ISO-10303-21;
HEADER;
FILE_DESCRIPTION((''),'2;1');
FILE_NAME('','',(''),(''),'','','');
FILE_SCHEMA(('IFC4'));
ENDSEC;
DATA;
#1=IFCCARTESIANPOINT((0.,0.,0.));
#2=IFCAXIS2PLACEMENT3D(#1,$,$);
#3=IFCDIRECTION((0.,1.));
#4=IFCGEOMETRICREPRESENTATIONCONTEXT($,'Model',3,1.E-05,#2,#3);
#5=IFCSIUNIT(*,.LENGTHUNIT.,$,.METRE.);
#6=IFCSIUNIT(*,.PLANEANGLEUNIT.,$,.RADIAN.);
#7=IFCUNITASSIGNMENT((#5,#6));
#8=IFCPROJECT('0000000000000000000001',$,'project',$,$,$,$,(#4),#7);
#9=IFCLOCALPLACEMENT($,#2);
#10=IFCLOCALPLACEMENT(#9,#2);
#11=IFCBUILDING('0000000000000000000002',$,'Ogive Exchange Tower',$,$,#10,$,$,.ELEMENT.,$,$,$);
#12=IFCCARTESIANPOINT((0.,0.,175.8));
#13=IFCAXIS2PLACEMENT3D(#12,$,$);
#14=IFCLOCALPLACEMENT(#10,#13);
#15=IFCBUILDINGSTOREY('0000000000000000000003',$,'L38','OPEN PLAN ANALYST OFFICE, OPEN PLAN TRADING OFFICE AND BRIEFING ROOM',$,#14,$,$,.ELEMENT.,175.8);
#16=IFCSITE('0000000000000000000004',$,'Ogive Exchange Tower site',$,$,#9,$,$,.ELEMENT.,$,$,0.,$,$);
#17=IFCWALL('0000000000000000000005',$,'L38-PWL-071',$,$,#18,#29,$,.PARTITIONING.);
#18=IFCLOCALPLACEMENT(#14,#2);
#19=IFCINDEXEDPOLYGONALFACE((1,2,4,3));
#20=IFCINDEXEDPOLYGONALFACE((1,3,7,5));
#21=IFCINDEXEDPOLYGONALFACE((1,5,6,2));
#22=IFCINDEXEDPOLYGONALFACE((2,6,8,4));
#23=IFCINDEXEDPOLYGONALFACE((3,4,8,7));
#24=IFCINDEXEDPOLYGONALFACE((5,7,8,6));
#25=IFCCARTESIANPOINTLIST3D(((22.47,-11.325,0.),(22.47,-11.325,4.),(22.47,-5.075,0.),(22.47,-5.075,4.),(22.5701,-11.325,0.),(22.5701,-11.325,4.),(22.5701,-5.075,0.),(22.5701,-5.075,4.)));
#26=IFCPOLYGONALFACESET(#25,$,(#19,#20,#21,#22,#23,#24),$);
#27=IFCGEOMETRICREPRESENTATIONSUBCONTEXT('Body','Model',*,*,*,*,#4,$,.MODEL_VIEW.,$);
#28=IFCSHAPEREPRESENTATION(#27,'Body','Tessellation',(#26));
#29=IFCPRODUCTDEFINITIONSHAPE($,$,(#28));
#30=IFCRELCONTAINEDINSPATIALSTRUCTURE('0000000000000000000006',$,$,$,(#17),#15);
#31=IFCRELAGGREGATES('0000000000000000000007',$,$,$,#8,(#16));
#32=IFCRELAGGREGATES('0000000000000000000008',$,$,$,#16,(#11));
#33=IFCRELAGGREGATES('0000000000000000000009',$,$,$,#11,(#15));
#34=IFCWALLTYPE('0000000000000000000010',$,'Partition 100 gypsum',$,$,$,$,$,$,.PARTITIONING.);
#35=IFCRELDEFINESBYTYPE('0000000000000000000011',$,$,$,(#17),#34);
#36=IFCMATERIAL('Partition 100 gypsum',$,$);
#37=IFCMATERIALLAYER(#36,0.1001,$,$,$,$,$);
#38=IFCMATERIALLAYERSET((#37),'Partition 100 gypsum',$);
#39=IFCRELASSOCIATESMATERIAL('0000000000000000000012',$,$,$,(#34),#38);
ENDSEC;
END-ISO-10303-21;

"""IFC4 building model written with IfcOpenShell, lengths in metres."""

from ifc_helpers import new_model, si_unit, direction, frame, frame_2d, origin, place, context, subcontext, project, spatial, rectangle, extrude, material, layer, layer_set, type_object, element, save


model = new_model("IFC4")

# Units and contexts
model_context = context("Model", 3, precision=1e-05, world=origin(), true_north=direction((0.0, 1.0)))
body_context = subcontext(model_context, "Body", "Model", "MODEL_VIEW")
ifc_project = project(units=[si_unit("LENGTHUNIT", "METRE"), si_unit("PLANEANGLEUNIT", "RADIAN")], contexts=[model_context])

# Site, building, storey
site_placement = place(None, origin())
site = spatial("IfcSite", under=ifc_project, at=site_placement, Name="Ogive Exchange Tower site", CompositionType="ELEMENT", RefElevation=0.0)
building_placement = place(site_placement, origin())
building = spatial("IfcBuilding", under=site, at=building_placement, Name="Ogive Exchange Tower", CompositionType="ELEMENT")
storey_placement = place(building_placement, frame((0.0, 0.0, 175.8)))
storey = spatial("IfcBuildingStorey", under=building, at=storey_placement, Name="L38", Description="OPEN PLAN ANALYST OFFICE, OPEN PLAN TRADING OFFICE AND BRIEFING ROOM", CompositionType="ELEMENT", Elevation=175.8)

# Wall
ifc_material_1 = material(Name="Partition 100 gypsum")
ifc_layer_1 = layer(ifc_material_1, 0.1001)
ifc_layer_set_1 = layer_set([ifc_layer_1], Name="Partition 100 gypsum")
wall_type_1 = type_object("IfcWallType", Name="Partition 100 gypsum", PredefinedType="PARTITIONING", material=ifc_layer_set_1)
wall_1_placement = place(storey_placement, frame((22.52, -5.075, 0.0), z_axis=(0.0, 0.0, 1.0), x_axis=(0.0, -1.0, 0.0)))
element("IfcWall", 1, at=wall_1_placement, inside=storey, type_object=wall_type_1, Name="L38-PWL-071", PredefinedType="PARTITIONING", context=body_context, shape_type="SweptSolid", body=[
    extrude(rectangle(XDim=6.25, YDim=0.1001, at=frame_2d((3.125, 0.0))), origin(), (0.0, 0.0, 1.0), 4.0),
])

save(model, "model.ifc")
